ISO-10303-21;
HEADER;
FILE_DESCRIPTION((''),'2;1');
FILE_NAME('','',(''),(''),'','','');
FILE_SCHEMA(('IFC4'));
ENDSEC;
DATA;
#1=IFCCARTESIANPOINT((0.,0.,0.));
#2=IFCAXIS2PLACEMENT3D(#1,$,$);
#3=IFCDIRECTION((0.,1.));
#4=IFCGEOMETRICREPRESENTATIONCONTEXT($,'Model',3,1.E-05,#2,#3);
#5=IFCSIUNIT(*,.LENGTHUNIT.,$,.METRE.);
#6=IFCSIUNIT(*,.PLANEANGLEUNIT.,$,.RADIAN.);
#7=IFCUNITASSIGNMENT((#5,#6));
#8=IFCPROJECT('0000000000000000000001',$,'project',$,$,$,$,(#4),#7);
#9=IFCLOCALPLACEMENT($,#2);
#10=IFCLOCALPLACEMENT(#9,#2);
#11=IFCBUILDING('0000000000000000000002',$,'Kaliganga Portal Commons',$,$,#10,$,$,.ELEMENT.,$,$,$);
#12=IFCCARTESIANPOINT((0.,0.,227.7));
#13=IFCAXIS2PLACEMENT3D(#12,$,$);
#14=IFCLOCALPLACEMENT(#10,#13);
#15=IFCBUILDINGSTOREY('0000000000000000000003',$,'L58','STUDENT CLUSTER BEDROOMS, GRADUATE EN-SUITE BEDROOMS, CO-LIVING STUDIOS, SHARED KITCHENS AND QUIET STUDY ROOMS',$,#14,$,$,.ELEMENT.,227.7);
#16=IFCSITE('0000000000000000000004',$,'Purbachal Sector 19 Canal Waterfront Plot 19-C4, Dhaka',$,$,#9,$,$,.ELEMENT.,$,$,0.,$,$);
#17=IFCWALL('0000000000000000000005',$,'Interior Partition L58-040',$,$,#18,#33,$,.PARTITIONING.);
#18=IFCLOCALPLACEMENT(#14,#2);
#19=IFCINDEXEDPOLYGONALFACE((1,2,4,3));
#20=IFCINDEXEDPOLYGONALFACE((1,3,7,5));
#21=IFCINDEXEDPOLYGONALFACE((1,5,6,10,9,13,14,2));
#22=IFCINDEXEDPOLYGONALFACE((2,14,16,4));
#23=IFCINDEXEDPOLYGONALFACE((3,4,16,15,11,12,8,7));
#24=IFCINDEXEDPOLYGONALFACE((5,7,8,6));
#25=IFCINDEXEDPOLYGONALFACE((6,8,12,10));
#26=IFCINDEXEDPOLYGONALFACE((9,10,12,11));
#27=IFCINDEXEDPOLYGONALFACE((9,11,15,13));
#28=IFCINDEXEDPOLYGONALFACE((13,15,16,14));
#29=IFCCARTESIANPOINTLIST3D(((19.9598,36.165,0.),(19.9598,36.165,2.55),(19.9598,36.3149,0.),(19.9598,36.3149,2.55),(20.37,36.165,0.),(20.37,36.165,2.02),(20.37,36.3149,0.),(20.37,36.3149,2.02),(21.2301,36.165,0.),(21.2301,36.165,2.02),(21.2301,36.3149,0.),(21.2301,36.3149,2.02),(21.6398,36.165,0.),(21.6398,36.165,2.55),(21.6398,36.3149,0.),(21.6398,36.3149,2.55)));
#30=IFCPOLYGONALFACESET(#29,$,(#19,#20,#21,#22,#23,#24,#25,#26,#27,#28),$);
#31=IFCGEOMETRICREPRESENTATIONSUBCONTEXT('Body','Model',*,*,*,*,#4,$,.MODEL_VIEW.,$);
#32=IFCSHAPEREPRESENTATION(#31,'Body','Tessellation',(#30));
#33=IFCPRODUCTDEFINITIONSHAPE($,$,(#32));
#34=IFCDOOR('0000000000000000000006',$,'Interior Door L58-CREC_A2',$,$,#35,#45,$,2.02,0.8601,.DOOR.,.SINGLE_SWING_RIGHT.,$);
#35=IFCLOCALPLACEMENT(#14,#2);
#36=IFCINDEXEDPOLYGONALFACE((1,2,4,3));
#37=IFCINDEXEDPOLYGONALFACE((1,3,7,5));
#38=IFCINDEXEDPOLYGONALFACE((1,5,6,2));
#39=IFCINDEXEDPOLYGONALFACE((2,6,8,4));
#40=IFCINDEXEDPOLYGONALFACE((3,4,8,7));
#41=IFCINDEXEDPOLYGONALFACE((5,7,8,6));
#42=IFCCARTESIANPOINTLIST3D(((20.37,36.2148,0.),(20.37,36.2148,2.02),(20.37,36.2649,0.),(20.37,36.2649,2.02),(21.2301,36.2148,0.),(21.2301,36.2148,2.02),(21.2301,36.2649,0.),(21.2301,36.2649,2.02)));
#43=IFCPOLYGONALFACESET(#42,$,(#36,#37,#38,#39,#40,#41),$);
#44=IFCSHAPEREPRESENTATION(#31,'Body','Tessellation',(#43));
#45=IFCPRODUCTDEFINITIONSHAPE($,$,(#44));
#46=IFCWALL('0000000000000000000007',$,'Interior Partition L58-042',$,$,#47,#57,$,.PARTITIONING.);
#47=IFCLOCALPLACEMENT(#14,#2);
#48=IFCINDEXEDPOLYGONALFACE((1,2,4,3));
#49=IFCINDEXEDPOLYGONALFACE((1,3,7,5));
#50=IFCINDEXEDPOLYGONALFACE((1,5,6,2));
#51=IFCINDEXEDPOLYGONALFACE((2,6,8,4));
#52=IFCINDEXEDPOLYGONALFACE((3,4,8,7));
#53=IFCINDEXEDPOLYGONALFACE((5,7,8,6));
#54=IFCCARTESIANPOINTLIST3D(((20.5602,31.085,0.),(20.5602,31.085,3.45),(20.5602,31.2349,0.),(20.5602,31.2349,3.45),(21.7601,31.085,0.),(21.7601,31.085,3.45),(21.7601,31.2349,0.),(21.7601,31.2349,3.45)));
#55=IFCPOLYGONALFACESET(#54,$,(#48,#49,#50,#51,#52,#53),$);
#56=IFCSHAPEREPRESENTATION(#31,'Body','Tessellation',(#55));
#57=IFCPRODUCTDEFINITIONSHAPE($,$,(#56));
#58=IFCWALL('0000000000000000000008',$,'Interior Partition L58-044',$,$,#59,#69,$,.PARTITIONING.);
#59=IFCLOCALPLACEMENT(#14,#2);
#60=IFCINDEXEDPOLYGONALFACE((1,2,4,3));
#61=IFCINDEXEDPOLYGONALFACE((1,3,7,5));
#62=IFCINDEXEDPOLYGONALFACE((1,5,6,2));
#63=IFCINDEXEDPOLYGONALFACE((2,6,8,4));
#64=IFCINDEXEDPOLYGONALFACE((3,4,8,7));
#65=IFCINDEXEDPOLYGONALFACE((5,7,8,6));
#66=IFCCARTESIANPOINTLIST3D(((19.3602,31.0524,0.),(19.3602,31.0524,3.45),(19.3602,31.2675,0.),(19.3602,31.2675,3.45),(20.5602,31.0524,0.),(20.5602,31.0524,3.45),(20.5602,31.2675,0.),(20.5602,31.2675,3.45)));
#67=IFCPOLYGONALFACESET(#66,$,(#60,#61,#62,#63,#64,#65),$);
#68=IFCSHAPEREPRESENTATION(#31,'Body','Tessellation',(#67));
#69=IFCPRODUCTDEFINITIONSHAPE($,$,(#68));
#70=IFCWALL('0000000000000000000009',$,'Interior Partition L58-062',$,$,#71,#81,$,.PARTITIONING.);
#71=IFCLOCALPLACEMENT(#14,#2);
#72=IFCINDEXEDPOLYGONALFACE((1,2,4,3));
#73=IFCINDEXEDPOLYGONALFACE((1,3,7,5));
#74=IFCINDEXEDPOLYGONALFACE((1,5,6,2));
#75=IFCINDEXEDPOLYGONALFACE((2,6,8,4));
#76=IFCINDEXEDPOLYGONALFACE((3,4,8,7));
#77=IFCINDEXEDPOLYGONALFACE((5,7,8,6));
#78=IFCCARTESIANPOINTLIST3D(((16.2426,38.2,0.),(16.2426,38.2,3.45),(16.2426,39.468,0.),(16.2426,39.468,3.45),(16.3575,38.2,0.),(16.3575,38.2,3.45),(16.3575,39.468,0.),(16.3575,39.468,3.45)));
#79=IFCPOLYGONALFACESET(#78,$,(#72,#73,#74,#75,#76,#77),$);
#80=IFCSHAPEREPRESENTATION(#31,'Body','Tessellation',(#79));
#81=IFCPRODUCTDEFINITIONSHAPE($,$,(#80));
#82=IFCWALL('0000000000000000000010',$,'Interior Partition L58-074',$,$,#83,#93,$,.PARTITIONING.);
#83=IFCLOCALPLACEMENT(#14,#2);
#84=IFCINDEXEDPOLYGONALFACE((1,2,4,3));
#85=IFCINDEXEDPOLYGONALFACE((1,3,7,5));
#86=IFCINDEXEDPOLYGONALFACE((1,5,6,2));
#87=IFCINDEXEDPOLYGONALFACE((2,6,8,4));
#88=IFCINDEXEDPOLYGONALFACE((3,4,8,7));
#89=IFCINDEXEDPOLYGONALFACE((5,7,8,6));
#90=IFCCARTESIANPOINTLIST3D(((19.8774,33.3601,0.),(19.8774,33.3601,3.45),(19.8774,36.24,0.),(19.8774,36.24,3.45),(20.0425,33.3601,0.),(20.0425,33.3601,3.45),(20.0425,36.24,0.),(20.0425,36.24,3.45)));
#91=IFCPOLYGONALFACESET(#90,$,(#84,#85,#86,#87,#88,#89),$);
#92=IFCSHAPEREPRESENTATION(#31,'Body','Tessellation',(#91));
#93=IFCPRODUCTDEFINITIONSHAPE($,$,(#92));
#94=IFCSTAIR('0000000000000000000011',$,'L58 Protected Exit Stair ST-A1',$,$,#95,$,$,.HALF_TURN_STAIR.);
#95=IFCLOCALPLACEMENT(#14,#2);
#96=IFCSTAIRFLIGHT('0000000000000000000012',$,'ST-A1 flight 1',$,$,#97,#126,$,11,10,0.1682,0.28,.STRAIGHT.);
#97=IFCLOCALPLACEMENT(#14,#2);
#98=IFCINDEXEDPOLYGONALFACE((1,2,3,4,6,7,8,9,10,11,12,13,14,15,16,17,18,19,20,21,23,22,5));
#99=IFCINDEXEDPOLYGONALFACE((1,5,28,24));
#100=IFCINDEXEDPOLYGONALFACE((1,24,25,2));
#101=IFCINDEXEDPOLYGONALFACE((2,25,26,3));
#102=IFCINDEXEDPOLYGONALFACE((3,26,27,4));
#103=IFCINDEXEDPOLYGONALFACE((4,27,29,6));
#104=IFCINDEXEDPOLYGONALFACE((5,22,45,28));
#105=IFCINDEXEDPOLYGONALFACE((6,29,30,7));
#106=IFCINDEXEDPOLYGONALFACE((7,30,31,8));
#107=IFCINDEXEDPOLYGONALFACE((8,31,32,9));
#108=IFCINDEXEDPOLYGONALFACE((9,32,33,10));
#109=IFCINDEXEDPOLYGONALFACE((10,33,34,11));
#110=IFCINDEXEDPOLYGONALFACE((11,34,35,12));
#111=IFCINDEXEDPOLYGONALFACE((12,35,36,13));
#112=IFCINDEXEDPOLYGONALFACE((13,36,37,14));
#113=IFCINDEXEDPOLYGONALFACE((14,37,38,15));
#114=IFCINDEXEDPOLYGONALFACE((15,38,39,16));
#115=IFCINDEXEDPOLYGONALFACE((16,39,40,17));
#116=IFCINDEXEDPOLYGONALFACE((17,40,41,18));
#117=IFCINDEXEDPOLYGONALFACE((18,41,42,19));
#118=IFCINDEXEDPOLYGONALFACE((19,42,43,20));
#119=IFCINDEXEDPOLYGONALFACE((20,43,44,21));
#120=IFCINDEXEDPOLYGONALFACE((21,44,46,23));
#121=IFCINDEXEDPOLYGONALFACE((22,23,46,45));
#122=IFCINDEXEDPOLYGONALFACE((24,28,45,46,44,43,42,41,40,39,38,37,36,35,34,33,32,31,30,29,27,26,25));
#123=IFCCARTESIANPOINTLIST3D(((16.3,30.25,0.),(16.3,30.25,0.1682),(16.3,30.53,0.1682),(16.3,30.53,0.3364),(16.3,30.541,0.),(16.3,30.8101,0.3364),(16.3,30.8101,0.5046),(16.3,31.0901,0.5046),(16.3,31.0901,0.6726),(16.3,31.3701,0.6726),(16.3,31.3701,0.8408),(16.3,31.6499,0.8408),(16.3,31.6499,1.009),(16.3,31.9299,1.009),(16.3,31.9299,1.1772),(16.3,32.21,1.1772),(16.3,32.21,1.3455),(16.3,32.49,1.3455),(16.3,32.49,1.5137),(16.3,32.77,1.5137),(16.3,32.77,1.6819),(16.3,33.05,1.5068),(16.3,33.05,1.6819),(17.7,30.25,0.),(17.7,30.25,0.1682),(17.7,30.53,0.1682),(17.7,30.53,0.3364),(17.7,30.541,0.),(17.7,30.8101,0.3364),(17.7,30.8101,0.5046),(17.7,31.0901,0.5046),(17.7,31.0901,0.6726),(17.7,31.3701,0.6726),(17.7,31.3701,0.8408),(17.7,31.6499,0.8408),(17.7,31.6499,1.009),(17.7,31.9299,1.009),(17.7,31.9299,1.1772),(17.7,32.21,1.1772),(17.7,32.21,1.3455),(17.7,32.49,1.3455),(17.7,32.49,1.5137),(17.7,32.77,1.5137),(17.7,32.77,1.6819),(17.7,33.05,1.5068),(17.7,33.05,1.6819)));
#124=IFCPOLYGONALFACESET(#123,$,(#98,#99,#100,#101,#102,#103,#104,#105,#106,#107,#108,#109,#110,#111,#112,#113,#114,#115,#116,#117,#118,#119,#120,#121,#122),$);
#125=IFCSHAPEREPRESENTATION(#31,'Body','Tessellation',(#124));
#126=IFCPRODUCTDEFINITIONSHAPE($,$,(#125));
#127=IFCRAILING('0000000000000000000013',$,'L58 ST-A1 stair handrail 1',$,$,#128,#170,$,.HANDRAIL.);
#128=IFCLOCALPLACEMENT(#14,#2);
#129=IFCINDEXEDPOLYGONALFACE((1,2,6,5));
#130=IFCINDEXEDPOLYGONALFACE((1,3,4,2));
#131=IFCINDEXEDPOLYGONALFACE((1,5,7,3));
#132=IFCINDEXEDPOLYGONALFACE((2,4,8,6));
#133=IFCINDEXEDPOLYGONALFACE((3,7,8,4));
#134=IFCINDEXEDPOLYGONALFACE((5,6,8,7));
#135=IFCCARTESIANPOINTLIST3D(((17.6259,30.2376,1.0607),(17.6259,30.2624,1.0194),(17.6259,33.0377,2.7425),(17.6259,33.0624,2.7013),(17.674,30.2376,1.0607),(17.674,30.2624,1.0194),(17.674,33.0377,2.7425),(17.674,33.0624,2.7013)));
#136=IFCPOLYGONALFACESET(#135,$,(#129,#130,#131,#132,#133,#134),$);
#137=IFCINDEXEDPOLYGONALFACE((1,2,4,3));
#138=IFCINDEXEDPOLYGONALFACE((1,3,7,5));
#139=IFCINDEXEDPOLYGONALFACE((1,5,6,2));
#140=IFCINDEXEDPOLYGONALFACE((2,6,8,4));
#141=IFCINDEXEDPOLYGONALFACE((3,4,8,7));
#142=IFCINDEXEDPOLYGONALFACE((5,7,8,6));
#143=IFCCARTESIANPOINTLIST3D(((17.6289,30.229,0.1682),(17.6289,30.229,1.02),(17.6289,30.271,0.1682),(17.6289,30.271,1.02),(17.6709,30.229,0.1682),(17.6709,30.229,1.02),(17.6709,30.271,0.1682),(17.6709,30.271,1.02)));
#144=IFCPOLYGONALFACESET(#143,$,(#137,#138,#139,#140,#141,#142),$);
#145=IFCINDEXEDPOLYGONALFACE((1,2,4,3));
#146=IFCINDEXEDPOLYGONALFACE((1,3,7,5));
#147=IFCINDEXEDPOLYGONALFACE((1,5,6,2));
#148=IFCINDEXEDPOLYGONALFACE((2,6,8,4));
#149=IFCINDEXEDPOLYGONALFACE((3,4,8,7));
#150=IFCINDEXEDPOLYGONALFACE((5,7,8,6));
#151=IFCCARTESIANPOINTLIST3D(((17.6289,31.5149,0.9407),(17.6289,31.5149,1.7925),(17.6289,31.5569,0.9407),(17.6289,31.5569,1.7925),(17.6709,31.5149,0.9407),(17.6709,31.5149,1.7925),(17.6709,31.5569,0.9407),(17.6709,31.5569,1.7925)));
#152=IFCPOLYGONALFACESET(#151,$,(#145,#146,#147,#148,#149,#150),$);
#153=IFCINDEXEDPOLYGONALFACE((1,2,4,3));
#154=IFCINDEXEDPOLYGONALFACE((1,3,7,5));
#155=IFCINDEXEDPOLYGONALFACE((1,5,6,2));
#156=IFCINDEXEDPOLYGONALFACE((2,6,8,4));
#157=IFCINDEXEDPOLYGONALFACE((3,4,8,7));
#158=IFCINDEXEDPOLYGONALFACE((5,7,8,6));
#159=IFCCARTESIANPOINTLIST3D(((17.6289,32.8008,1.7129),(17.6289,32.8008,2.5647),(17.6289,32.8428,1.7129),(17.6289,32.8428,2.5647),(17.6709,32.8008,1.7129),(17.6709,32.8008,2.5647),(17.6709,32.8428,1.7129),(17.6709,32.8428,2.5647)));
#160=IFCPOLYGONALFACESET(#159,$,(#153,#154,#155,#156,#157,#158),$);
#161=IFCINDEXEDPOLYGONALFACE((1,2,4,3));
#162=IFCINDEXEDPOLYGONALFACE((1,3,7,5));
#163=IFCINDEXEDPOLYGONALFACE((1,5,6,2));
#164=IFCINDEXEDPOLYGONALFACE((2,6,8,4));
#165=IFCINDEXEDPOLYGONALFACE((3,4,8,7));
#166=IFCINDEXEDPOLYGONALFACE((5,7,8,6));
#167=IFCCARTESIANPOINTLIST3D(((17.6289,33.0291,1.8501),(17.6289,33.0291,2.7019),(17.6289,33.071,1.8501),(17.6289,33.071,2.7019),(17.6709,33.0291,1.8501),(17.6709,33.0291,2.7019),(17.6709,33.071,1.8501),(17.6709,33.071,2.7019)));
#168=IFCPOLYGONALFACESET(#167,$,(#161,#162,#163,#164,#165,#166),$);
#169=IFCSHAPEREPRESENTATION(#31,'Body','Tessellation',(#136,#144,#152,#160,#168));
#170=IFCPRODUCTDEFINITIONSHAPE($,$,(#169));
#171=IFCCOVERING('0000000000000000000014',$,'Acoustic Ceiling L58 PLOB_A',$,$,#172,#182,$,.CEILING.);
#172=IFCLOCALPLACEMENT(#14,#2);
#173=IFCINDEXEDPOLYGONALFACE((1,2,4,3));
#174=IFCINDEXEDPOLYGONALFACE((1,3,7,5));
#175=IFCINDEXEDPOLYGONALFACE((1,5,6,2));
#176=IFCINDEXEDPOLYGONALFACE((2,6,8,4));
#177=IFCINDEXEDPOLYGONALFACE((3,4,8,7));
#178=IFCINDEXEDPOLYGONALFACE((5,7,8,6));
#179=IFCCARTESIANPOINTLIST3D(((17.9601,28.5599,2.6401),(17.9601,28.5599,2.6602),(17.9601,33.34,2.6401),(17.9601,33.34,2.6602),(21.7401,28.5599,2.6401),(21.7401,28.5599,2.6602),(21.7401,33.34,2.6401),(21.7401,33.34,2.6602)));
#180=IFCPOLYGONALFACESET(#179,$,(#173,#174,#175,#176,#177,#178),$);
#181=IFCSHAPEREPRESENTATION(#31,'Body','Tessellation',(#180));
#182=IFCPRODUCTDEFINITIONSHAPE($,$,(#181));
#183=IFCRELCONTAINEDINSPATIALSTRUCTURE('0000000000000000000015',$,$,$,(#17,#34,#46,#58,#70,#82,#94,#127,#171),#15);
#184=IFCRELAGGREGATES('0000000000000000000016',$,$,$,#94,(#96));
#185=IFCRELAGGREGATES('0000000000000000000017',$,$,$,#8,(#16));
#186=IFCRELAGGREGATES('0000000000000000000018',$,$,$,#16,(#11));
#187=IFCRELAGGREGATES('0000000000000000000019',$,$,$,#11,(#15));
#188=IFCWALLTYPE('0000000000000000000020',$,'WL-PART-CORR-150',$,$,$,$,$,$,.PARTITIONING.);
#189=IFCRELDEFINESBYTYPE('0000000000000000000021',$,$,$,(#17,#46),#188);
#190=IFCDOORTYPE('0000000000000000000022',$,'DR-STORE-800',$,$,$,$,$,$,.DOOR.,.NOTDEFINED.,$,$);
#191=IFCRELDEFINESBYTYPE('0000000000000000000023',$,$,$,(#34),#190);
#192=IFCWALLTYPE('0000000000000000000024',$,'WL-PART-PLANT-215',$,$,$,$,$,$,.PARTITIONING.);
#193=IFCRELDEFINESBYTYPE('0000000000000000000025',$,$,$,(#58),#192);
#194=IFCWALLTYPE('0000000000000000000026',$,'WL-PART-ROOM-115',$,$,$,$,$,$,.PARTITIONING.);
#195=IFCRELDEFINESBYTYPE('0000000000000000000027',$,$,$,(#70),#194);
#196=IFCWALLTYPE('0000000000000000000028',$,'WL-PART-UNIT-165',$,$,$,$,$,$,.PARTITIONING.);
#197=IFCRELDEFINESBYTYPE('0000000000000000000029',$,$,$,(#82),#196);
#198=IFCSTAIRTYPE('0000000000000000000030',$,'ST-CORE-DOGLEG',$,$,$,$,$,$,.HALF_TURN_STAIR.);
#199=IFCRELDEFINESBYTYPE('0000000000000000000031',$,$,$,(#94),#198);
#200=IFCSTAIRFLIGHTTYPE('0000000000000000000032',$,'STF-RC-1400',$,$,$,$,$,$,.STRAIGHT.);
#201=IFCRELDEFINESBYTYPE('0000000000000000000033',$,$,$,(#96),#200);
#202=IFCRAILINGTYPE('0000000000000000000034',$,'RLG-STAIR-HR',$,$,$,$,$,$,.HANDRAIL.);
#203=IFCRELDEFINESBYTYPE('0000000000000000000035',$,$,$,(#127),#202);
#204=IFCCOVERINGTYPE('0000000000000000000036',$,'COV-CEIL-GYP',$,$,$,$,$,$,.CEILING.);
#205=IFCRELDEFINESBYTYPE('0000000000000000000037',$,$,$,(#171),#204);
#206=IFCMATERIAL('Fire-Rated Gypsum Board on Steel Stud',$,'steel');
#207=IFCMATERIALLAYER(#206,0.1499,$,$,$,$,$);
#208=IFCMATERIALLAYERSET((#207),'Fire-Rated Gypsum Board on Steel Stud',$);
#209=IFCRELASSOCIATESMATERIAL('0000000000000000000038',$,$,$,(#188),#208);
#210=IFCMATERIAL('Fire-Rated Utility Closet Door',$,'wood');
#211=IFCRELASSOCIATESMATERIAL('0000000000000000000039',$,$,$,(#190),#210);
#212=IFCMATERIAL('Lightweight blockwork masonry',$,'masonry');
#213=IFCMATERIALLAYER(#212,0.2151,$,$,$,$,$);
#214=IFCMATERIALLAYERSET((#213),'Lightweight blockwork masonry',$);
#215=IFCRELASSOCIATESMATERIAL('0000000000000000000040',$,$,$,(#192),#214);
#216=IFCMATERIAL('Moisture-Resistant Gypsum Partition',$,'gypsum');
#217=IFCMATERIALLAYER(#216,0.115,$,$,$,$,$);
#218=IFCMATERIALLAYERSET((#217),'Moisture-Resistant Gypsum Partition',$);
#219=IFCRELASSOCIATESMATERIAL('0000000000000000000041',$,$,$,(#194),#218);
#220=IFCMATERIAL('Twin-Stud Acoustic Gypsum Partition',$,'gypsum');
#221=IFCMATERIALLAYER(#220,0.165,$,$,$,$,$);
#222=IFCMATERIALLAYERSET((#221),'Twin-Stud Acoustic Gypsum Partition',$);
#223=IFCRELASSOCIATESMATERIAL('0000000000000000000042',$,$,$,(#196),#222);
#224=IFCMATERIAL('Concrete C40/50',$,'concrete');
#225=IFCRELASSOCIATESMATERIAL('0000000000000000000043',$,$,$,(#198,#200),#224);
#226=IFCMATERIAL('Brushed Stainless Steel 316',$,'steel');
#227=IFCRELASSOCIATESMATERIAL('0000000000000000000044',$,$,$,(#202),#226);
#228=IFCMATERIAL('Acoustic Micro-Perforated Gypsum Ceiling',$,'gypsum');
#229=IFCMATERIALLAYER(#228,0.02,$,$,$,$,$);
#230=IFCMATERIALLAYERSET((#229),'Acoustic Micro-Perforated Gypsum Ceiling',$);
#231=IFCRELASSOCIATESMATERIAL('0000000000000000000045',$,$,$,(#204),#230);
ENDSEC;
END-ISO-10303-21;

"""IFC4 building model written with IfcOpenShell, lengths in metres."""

from ifc_helpers import new_model, si_unit, direction, frame, frame_2d, origin, origin_2d, place, context, subcontext, project, spatial, polyline, rectangle, outline, extrude, source, transform, mapped, material, layer, layer_set, type_object, element, fill, aggregate, save


model = new_model("IFC4")

# Units and contexts
model_context = context("Model", 3, precision=1e-05, world=origin(), true_north=direction((0.0, 1.0)))
body_context = subcontext(model_context, "Body", "Model", "MODEL_VIEW")
ifc_project = project(units=[si_unit("LENGTHUNIT", "METRE"), si_unit("PLANEANGLEUNIT", "RADIAN")], contexts=[model_context])

# Site, building, storey
site_placement = place(None, origin())
site = spatial("IfcSite", under=ifc_project, at=site_placement, Name="Purbachal Sector 19 Canal Waterfront Plot 19-C4, Dhaka", CompositionType="ELEMENT", RefElevation=0.0)
building_placement = place(site_placement, origin())
building = spatial("IfcBuilding", under=site, at=building_placement, Name="Kaliganga Portal Commons", CompositionType="ELEMENT")
storey_placement = place(building_placement, frame((0.0, 0.0, 227.7)))
storey = spatial("IfcBuildingStorey", under=building, at=storey_placement, Name="L58", Description="STUDENT CLUSTER BEDROOMS, GRADUATE EN-SUITE BEDROOMS, CO-LIVING STUDIOS, SHARED KITCHENS AND QUIET STUDY ROOMS", CompositionType="ELEMENT", Elevation=227.7)

# Shared definitions
ifc_material_1 = material(Name="Fire-Rated Gypsum Board on Steel Stud", Category="steel")
ifc_layer_1 = layer(ifc_material_1, 0.1499)
ifc_layer_set_1 = layer_set([ifc_layer_1], Name="Fire-Rated Gypsum Board on Steel Stud")
wall_type_1 = type_object("IfcWallType", Name="WL-PART-CORR-150", PredefinedType="PARTITIONING", material=ifc_layer_set_1)

# Wall, opening, door
wall_1_placement = place(storey_placement, frame((19.96, 36.24, 0.0), z_axis=(0.0, 0.0, 1.0), x_axis=(1.0, 0.0, 0.0)))
wall_1 = element("IfcWall", 1, at=wall_1_placement, inside=storey, type_object=wall_type_1, Name="Interior Partition L58-040", PredefinedType="PARTITIONING", context=body_context, shape_type="SweptSolid", body=[
    extrude(rectangle(XDim=1.6799, YDim=0.1499, at=frame_2d((0.8398, 0.0))), origin(), (0.0, 0.0, 1.0), 2.55),
])
opening_1_placement = place(wall_1_placement, frame((0.4099, 0.0, 0.0)))
opening_1 = element("IfcOpeningElement", 2, at=opening_1_placement, cuts=wall_1, PredefinedType="OPENING", context=body_context, shape_type="SweptSolid", body=[
    extrude(rectangle(XDim=0.8601, YDim=2.02, at=frame_2d((0.4302, 1.01))), frame((0.0, 0.085, 0.0), z_axis=(0.0, -1.0, 0.0), x_axis=(1.0, 0.0, 0.0)), (0.0, 0.0, 1.0), 0.1699),
])
ifc_material_2 = material(Name="Fire-Rated Utility Closet Door", Category="wood")
door_type_1 = type_object("IfcDoorType", Name="DR-STORE-800", OperationType="NOTDEFINED", PredefinedType="DOOR", material=ifc_material_2)
door_1_placement = place(opening_1_placement, origin())
door_1 = element("IfcDoor", 3, at=door_1_placement, inside=storey, type_object=door_type_1, Name="Interior Door L58-CREC_A2", OperationType="SINGLE_SWING_RIGHT", OverallHeight=2.02, OverallWidth=0.8601, PredefinedType="DOOR", context=body_context, shape_type="SweptSolid", body=[
    extrude(rectangle(XDim=0.8601, YDim=2.02, at=frame_2d((0.4302, 1.01))), frame((0.0, 0.0249, 0.0), z_axis=(0.0, -1.0, 0.0), x_axis=(1.0, 0.0, 0.0)), (0.0, 0.0, 1.0), 0.05),
])
fill(opening_1, door_1)

# Walls
wall_2_placement = place(storey_placement, frame((20.5601, 31.1599, 0.0), z_axis=(0.0, 0.0, 1.0), x_axis=(1.0, 0.0, 0.0)))
element("IfcWall", 4, at=wall_2_placement, inside=storey, type_object=wall_type_1, Name="Interior Partition L58-042", PredefinedType="PARTITIONING", context=body_context, shape_type="SweptSolid", body=[
    extrude(rectangle(XDim=1.2, YDim=0.1499, at=frame_2d((0.6001, 0.0))), origin(), (0.0, 0.0, 1.0), 3.45),
])
ifc_material_3 = material(Name="Lightweight blockwork masonry", Category="masonry")
ifc_layer_2 = layer(ifc_material_3, 0.2151)
ifc_layer_set_2 = layer_set([ifc_layer_2], Name="Lightweight blockwork masonry")
wall_type_2 = type_object("IfcWallType", Name="WL-PART-PLANT-215", PredefinedType="PARTITIONING", material=ifc_layer_set_2)
wall_3_placement = place(storey_placement, frame((19.3601, 31.1599, 0.0), z_axis=(0.0, 0.0, 1.0), x_axis=(1.0, 0.0, 0.0)))
element("IfcWall", 5, at=wall_3_placement, inside=storey, type_object=wall_type_2, Name="Interior Partition L58-044", PredefinedType="PARTITIONING", context=body_context, shape_type="SweptSolid", body=[
    extrude(rectangle(XDim=1.2, YDim=0.2151, at=frame_2d((0.6001, 0.0))), origin(), (0.0, 0.0, 1.0), 3.45),
])
ifc_material_4 = material(Name="Moisture-Resistant Gypsum Partition", Category="gypsum")
ifc_layer_3 = layer(ifc_material_4, 0.115)
ifc_layer_set_3 = layer_set([ifc_layer_3], Name="Moisture-Resistant Gypsum Partition")
wall_type_3 = type_object("IfcWallType", Name="WL-PART-ROOM-115", PredefinedType="PARTITIONING", material=ifc_layer_set_3)
wall_4_placement = place(storey_placement, frame((16.3, 38.2, 0.0), z_axis=(0.0, 0.0, 1.0), x_axis=(0.0, 1.0, 0.0)))
element("IfcWall", 6, at=wall_4_placement, inside=storey, type_object=wall_type_3, Name="Interior Partition L58-062", PredefinedType="PARTITIONING", context=body_context, shape_type="SweptSolid", body=[
    extrude(rectangle(XDim=1.2681, YDim=0.115, at=frame_2d((0.634, 0.0))), origin(), (0.0, 0.0, 1.0), 3.45),
])
ifc_material_5 = material(Name="Twin-Stud Acoustic Gypsum Partition", Category="gypsum")
ifc_layer_4 = layer(ifc_material_5, 0.165)
ifc_layer_set_4 = layer_set([ifc_layer_4], Name="Twin-Stud Acoustic Gypsum Partition")
wall_type_4 = type_object("IfcWallType", Name="WL-PART-UNIT-165", PredefinedType="PARTITIONING", material=ifc_layer_set_4)
wall_5_placement = place(storey_placement, frame((19.96, 33.3601, 0.0), z_axis=(0.0, 0.0, 1.0), x_axis=(0.0, 1.0, 0.0)))
element("IfcWall", 7, at=wall_5_placement, inside=storey, type_object=wall_type_4, Name="Interior Partition L58-074", PredefinedType="PARTITIONING", context=body_context, shape_type="SweptSolid", body=[
    extrude(rectangle(XDim=2.8799, YDim=0.165, at=frame_2d((1.4399, 0.0))), origin(), (0.0, 0.0, 1.0), 3.45),
])

# Stair, stair flight
ifc_material_6 = material(Name="Concrete C40/50", Category="concrete")
stair_type = type_object("IfcStairType", Name="ST-CORE-DOGLEG", PredefinedType="HALF_TURN_STAIR", material=ifc_material_6)
stair_placement = place(storey_placement, origin())
stair = element("IfcStair", 8, at=stair_placement, inside=storey, type_object=stair_type, Name="L58 Protected Exit Stair ST-A1", PredefinedType="HALF_TURN_STAIR")
stair_flight_type = type_object("IfcStairFlightType", Name="STF-RC-1400", PredefinedType="STRAIGHT", material=ifc_material_6)
stair_flight_placement = place(storey_placement, frame((17.0, 30.25, 0.0), z_axis=(0.0, 0.0, 1.0), x_axis=(0.0, 1.0, 0.0)))
stair_flight = element("IfcStairFlight", 9, at=stair_flight_placement, type_object=stair_flight_type, Name="ST-A1 flight 1", NumberOfRisers=11, NumberOfTreads=10, PredefinedType="STRAIGHT", RiserHeight=0.1682, TreadLength=0.28, context=body_context, shape_type="SweptSolid", body=[
    extrude(outline(polyline([(0.0, 0.0), (0.0, 0.1682), (0.28, 0.1682), (0.28, 0.3364), (0.5601, 0.3364), (0.5601, 0.5046), (0.8401, 0.5046), (0.8401, 0.6726), (1.1201, 0.6726), (1.1201, 0.8408), (1.3999, 0.8408), (1.3999, 1.009), (1.6799, 1.009), (1.6799, 1.1772), (1.96, 1.1772), (1.96, 1.3455), (2.24, 1.3455), (2.24, 1.5137), (2.52, 1.5137), (2.52, 1.6819), (2.8, 1.6819), (2.8, 1.8501), (2.8, 1.5068), (0.291, 0.0), (0.0, 0.0)])), frame((0.0, 0.7, 0.0), z_axis=(0.0, -1.0, 0.0), x_axis=(1.0, 0.0, 0.0)), (0.0, 0.0, 1.0), 1.3999),
])
aggregate(stair, [stair_flight])

# Railing
ifc_material_7 = material(Name="Brushed Stainless Steel 316", Category="steel")
railing_type = type_object("IfcRailingType", Name="RLG-STAIR-HR", PredefinedType="HANDRAIL", material=ifc_material_7)
railing_placement = place(storey_placement, frame((17.6499, 30.25, 0.1682)))
element("IfcRailing", 10, at=railing_placement, inside=storey, type_object=railing_type, Name="L58 ST-A1 stair handrail 1", PredefinedType="HANDRAIL", context=body_context, shape_type="SweptSolid", body=[
    extrude(rectangle(XDim=0.0481, YDim=0.0481, at=origin_2d()), frame((0.0, 0.0, 0.8718), z_axis=(0.0, 0.857242, 0.514913), x_axis=(-1.0, 0.0, 0.0)), (0.0, 0.0, 1.0), 3.2664),
    extrude(rectangle(XDim=0.042, YDim=0.042, at=origin_2d()), origin(), (0.0, 0.0, 1.0), 0.8518),
    extrude(rectangle(XDim=0.042, YDim=0.042, at=origin_2d()), frame((0.0, 1.2859, 0.7725)), (0.0, 0.0, 1.0), 0.8518),
    extrude(rectangle(XDim=0.042, YDim=0.042, at=origin_2d()), frame((0.0, 2.5718, 1.5447)), (0.0, 0.0, 1.0), 0.8518),
    extrude(rectangle(XDim=0.042, YDim=0.042, at=origin_2d()), frame((0.0, 2.8, 1.6819)), (0.0, 0.0, 1.0), 0.8518),
])

# Covering
ifc_material_8 = material(Name="Acoustic Micro-Perforated Gypsum Ceiling", Category="gypsum")
ifc_layer_5 = layer(ifc_material_8, 0.02)
ifc_layer_set_5 = layer_set([ifc_layer_5], Name="Acoustic Micro-Perforated Gypsum Ceiling")
covering_type_1 = type_object("IfcCoveringType", Name="COV-CEIL-GYP", PredefinedType="CEILING", material=ifc_layer_set_5)
shared_shape_1 = source(origin(), body_context, "Body", "SweptSolid", [
    extrude(rectangle(XDim=3.78, YDim=4.78, at=origin_2d()), origin(), (0.0, 0.0, 1.0), 0.02),
])
covering_1_placement = place(storey_placement, frame((19.8501, 30.95, 2.6401), z_axis=(0.0, 0.0, 1.0), x_axis=(1.0, 0.0, 0.0)))
element("IfcCovering", 11, at=covering_1_placement, inside=storey, type_object=covering_type_1, Name="Acoustic Ceiling L58 PLOB_A", PredefinedType="CEILING", context=body_context, shape_type="MappedRepresentation", body=[
    mapped(shared_shape_1, transform((0.0, 0.0, 0.0), x_axis=(1.0, 0.0, 0.0), y_axis=(0.0, 1.0, 0.0), z_axis=(0.0, 0.0, 1.0), scale=1.0)),
])

save(model, "model.ifc")
